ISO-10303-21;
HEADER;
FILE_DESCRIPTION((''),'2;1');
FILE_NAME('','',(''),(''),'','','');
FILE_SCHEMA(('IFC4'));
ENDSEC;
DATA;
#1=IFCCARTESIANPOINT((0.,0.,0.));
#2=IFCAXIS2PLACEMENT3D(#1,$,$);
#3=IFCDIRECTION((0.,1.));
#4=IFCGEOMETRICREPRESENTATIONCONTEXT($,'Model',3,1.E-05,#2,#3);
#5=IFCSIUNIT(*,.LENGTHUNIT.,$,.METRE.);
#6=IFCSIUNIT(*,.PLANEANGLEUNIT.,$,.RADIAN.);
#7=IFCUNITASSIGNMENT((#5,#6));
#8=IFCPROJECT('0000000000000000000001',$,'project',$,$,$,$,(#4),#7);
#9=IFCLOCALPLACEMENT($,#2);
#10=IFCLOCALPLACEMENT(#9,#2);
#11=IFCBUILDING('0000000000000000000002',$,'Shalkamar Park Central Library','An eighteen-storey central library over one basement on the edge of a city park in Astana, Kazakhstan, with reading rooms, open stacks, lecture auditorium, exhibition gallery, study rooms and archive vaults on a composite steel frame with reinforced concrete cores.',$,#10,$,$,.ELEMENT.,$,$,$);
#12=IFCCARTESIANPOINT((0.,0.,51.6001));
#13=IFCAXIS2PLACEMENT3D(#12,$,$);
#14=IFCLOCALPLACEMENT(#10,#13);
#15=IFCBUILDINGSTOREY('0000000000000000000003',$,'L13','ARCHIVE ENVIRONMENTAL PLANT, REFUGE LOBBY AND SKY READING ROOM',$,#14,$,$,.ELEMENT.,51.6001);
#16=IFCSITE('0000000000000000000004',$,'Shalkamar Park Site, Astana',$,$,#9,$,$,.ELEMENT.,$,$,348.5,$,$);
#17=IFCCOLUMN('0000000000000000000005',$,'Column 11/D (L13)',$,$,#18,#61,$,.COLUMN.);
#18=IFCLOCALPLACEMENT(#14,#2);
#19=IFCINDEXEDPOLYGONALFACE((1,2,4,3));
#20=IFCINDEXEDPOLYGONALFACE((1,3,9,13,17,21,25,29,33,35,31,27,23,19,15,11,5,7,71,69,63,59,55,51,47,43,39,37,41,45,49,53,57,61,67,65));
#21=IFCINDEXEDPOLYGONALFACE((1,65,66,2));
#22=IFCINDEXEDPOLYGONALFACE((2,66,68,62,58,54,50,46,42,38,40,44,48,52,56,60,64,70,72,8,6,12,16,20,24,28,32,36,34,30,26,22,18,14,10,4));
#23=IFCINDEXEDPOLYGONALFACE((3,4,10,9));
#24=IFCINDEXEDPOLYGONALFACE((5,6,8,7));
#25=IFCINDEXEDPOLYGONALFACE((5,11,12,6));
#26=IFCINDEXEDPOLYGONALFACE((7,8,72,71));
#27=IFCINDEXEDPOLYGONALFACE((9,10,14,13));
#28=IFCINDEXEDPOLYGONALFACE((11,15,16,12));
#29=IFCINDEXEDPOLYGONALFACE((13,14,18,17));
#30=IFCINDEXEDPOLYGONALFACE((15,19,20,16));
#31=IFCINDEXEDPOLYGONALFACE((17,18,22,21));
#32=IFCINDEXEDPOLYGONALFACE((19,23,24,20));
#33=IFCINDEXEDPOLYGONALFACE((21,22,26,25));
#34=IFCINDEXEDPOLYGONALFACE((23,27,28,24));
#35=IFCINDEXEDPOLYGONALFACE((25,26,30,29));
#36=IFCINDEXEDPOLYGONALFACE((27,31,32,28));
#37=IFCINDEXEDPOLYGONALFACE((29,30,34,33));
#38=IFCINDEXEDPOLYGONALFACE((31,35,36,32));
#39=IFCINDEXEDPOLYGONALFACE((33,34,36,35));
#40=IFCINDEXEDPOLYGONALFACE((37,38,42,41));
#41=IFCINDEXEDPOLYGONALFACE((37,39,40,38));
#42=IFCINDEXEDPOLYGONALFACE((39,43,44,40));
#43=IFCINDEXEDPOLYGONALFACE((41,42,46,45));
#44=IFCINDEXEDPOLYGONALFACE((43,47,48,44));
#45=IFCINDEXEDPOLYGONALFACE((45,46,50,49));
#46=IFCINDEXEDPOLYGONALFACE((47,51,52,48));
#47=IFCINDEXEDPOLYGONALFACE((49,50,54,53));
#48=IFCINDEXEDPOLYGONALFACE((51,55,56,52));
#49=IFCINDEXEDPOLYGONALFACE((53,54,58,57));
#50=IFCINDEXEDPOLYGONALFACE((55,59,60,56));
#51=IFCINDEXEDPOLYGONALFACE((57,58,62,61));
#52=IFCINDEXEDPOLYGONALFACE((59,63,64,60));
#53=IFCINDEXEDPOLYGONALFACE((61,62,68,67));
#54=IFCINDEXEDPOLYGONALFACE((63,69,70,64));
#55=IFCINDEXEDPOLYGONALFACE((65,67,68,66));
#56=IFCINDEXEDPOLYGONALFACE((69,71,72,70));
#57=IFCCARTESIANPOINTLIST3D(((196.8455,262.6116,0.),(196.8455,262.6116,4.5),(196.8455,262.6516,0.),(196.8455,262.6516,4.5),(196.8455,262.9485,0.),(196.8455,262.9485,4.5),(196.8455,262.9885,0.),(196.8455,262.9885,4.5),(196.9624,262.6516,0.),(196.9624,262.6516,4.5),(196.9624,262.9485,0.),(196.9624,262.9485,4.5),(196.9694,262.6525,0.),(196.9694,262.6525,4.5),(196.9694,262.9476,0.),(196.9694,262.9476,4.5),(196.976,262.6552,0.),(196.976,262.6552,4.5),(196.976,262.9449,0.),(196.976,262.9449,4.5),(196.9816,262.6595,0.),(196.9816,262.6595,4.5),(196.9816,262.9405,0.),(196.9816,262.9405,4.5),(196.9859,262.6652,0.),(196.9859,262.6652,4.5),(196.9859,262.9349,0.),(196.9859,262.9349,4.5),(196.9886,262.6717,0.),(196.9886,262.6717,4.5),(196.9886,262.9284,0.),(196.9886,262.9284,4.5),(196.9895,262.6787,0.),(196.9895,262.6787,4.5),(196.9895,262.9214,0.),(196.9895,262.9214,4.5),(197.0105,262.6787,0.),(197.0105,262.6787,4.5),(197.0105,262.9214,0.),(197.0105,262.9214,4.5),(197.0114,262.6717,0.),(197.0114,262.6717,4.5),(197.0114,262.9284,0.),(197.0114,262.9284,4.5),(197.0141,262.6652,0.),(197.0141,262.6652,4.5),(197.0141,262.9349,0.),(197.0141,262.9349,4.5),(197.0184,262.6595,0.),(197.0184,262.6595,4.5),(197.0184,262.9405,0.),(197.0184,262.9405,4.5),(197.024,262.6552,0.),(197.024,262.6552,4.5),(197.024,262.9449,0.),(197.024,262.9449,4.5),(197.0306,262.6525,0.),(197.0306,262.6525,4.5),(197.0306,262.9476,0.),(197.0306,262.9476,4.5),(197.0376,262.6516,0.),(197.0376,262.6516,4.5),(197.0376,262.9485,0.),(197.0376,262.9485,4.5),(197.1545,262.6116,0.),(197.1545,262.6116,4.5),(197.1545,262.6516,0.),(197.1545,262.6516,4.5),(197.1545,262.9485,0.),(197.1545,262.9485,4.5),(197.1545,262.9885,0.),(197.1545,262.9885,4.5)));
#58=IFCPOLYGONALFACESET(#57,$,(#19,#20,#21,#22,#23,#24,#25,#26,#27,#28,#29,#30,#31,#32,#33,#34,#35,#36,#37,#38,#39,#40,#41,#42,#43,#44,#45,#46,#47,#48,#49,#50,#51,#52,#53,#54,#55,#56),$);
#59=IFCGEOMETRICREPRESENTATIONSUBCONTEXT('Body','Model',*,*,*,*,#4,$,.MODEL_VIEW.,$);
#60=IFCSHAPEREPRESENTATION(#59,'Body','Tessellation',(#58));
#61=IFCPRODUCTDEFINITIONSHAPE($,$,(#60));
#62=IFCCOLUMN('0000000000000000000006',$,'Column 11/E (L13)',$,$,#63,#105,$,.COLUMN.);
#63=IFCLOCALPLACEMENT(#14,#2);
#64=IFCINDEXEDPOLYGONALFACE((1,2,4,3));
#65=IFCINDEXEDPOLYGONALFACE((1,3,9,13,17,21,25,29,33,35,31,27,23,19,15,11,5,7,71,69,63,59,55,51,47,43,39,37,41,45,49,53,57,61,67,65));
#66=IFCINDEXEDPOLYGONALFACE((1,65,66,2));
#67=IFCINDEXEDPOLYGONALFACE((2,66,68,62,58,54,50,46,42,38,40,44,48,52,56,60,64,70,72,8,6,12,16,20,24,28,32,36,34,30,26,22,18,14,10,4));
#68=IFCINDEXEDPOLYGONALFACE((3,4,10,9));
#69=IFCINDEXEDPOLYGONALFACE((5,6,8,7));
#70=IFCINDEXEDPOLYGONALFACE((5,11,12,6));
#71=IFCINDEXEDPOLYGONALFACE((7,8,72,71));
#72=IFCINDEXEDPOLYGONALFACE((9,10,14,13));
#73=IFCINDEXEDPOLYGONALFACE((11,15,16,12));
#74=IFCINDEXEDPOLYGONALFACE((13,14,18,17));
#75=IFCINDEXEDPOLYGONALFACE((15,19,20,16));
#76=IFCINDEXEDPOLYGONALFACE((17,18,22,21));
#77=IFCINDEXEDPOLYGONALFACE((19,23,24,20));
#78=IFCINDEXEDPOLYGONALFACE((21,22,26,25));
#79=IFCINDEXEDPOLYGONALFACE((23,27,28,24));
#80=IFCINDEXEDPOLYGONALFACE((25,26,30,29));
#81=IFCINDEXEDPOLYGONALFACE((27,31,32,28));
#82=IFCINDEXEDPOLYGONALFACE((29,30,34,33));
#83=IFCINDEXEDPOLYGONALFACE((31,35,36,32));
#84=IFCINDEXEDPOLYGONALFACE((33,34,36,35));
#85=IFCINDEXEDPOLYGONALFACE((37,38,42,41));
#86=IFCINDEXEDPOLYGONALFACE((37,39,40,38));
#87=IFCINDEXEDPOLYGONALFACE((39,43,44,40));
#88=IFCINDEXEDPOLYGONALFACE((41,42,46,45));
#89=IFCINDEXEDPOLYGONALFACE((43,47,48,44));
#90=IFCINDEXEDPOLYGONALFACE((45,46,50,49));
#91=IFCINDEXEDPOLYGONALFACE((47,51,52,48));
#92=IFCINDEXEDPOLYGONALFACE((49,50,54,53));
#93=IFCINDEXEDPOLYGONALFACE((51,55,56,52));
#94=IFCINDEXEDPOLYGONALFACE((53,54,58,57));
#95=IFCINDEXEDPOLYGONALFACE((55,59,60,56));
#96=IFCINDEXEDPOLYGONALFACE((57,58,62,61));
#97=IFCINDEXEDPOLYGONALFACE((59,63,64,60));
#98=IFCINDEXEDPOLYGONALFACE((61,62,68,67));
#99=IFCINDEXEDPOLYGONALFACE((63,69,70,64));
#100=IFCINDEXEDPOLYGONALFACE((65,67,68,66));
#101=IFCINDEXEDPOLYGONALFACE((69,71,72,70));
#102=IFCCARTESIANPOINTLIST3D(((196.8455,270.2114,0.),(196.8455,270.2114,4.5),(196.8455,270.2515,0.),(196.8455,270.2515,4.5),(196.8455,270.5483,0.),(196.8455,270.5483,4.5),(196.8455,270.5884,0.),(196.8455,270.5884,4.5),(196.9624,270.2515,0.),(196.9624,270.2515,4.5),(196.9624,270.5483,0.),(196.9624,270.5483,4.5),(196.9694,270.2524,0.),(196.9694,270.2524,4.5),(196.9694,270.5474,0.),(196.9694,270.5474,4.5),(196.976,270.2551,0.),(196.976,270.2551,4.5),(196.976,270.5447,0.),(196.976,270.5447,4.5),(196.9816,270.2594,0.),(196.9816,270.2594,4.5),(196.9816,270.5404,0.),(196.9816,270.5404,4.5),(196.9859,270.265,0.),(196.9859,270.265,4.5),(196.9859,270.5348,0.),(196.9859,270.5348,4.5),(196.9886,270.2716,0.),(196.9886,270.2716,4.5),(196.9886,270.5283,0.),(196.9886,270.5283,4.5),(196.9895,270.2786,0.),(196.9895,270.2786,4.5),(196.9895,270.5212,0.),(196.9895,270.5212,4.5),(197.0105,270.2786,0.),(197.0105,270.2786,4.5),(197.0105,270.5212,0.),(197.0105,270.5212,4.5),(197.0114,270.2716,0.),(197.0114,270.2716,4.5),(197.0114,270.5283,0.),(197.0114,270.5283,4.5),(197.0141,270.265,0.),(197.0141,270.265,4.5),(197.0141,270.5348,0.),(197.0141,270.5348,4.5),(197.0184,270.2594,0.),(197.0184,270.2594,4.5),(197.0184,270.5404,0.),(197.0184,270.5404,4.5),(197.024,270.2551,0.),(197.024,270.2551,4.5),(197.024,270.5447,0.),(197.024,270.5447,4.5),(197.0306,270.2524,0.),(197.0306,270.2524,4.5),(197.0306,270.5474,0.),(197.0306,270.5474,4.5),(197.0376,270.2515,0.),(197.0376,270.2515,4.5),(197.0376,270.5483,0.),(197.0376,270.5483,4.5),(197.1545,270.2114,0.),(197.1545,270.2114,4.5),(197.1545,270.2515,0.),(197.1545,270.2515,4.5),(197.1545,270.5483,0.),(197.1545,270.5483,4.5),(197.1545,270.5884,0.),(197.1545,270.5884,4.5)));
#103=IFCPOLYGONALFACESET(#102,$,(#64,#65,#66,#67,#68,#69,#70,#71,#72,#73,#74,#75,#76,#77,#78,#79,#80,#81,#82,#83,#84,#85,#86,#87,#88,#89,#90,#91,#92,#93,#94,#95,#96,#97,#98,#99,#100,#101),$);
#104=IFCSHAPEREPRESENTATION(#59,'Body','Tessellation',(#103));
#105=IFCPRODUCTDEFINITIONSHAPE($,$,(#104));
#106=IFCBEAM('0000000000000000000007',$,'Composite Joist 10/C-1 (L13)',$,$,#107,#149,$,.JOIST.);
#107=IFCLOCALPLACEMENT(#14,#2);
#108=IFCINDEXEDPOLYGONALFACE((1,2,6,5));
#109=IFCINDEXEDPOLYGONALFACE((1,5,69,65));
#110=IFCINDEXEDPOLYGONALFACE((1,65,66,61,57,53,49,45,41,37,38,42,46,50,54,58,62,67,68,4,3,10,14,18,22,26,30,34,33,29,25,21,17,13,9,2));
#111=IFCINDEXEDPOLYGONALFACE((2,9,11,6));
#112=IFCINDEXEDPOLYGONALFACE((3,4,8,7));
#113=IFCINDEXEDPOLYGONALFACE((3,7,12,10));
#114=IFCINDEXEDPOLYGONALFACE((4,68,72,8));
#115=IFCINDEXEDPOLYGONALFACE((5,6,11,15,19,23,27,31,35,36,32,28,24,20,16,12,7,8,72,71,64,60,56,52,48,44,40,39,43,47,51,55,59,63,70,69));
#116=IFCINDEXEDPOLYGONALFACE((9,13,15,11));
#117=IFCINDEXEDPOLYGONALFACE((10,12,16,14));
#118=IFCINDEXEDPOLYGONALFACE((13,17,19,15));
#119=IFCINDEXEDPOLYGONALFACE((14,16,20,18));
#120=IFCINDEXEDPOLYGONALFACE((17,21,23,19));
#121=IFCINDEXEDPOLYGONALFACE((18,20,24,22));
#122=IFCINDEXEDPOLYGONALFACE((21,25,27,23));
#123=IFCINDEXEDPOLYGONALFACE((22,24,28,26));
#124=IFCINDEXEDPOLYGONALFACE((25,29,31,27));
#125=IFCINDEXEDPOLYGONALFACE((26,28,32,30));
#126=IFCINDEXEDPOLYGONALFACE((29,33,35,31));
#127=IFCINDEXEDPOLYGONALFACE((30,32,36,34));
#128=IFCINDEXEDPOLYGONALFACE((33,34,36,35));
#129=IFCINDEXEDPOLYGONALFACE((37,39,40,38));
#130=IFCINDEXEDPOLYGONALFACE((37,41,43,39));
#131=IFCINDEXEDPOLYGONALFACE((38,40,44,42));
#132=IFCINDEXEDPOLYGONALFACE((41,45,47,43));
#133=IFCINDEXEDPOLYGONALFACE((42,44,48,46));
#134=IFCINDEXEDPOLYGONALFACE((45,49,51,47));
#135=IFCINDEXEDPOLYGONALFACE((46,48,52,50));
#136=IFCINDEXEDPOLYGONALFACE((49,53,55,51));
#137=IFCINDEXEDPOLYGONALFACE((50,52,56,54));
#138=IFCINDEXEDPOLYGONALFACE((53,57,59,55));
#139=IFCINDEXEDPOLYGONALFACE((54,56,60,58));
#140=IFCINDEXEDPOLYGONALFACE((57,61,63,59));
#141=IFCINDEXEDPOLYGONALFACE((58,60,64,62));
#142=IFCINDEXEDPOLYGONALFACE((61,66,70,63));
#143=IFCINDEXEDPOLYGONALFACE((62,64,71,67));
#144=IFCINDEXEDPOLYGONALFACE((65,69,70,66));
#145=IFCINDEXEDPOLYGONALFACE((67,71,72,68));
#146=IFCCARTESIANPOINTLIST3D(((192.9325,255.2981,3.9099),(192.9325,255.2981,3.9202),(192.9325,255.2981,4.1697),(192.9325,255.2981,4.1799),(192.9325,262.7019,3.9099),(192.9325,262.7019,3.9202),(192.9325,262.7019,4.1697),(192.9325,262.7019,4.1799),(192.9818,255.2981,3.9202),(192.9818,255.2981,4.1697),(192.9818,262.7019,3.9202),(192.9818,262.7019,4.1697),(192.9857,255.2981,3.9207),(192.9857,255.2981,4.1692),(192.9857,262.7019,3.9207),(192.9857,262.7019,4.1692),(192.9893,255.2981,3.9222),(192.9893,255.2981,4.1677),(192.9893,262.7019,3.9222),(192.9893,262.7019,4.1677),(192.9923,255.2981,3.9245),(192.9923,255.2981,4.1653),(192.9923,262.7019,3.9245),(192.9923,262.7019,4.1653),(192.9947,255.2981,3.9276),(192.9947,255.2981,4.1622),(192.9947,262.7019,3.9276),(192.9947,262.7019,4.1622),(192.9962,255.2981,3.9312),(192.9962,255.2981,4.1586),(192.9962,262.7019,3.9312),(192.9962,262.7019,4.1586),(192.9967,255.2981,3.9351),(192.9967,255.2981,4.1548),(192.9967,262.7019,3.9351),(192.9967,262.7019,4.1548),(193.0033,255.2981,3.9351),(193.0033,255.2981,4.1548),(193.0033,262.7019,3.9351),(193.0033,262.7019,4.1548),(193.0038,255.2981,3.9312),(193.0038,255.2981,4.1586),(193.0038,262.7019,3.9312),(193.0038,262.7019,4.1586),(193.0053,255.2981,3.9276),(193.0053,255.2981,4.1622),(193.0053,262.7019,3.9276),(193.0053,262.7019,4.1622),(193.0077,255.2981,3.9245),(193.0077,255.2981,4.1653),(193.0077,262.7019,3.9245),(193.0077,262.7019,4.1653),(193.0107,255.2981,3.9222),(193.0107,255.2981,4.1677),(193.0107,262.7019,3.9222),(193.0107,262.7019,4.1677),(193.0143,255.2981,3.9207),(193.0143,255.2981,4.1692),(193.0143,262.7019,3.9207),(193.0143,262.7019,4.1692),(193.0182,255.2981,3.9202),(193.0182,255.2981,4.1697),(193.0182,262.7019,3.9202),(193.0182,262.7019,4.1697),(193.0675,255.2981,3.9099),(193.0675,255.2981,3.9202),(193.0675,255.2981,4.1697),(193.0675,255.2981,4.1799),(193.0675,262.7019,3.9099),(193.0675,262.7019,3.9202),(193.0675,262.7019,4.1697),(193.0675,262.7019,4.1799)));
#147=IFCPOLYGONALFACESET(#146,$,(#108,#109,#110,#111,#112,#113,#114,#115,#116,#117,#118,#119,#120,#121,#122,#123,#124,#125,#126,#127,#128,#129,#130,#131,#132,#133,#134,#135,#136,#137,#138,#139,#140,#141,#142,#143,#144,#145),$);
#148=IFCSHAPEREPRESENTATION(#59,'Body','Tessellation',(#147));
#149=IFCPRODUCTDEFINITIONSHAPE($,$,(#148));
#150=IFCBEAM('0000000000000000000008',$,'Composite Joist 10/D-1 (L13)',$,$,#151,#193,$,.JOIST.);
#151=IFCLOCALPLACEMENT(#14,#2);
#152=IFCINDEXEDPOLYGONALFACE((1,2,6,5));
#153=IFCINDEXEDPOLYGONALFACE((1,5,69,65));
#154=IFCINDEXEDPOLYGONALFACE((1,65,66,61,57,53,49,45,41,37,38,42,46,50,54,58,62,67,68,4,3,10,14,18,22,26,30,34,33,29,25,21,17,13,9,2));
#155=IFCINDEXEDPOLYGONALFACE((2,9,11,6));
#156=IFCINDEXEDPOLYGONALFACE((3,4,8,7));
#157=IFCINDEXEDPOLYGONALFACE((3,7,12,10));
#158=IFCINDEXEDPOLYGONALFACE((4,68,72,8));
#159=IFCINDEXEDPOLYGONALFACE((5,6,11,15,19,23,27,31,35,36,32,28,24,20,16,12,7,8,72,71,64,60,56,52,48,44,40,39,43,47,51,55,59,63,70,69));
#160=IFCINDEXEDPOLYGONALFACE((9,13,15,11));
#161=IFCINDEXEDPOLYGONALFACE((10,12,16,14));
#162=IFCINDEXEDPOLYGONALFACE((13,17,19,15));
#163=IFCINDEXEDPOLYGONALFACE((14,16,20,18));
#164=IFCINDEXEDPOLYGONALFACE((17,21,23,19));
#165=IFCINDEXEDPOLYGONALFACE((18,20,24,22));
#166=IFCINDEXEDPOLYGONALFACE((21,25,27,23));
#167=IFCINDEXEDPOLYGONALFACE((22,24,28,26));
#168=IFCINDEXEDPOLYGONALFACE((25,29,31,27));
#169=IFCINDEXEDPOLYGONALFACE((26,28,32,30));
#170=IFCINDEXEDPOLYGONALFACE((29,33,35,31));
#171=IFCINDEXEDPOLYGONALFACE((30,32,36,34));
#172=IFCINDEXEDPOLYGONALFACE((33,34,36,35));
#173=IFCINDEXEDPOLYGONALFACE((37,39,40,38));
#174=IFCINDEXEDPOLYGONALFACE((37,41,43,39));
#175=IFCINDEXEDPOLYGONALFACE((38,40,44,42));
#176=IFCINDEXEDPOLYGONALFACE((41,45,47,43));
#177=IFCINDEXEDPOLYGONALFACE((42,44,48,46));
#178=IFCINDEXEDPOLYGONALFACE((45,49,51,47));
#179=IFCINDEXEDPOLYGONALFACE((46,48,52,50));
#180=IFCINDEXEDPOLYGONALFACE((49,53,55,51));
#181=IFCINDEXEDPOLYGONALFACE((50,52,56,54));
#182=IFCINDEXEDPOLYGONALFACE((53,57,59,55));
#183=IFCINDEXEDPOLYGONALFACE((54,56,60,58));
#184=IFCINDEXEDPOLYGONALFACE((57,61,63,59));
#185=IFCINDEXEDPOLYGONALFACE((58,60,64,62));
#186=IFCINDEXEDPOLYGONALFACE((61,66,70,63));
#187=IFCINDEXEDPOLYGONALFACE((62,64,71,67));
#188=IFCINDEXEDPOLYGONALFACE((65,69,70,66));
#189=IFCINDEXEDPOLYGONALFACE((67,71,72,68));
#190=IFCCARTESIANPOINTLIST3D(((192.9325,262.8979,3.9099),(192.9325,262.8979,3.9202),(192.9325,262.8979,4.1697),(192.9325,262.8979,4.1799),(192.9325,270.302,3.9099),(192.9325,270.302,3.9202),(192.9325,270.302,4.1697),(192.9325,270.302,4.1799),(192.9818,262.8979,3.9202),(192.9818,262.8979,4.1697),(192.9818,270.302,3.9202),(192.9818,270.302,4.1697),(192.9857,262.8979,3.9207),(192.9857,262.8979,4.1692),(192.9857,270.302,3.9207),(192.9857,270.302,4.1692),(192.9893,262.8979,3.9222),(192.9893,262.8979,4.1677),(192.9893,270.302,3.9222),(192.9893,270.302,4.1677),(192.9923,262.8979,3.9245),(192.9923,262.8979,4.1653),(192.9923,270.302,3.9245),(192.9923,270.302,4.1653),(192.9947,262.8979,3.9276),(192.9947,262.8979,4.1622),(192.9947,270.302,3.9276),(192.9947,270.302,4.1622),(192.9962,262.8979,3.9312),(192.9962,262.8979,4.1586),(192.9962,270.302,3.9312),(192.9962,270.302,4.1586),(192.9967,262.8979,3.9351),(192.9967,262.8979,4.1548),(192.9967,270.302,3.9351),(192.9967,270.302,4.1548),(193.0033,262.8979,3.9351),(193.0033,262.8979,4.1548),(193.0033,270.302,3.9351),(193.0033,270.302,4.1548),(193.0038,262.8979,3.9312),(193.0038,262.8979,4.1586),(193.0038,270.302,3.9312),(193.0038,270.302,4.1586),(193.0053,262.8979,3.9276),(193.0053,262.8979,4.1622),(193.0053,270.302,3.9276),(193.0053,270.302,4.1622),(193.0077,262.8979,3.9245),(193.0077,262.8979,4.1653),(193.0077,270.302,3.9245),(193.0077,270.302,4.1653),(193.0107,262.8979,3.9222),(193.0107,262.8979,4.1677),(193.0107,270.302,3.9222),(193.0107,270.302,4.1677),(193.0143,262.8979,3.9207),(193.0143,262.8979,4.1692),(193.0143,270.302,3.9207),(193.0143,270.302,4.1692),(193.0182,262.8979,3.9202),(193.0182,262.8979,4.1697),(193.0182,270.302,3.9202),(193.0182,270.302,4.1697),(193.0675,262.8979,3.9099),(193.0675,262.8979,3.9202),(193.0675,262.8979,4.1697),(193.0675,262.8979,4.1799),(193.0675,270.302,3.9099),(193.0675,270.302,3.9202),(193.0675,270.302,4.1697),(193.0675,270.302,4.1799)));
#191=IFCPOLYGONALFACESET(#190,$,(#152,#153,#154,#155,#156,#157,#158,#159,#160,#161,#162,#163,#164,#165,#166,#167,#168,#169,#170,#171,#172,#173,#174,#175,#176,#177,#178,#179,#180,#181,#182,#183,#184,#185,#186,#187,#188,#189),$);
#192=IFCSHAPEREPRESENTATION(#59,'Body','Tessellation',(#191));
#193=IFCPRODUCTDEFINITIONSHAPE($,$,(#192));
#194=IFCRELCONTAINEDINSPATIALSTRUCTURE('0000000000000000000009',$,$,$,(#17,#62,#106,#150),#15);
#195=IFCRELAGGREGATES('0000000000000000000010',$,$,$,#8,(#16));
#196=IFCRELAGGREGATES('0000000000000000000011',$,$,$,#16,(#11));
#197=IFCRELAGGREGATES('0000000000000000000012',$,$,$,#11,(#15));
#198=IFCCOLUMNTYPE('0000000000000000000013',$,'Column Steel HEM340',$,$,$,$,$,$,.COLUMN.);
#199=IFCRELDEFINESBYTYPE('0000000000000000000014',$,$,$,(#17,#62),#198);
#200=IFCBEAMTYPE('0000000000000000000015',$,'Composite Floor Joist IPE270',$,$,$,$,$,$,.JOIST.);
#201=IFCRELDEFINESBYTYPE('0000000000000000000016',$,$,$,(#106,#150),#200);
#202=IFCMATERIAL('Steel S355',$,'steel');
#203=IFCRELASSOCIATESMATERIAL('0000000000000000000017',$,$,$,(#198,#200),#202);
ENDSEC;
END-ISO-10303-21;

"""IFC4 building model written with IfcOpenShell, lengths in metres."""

from ifc_helpers import new_model, si_unit, direction, frame, origin, origin_2d, place, context, subcontext, project, spatial, i_section, extrude, material, material_profile, profile_set, type_object, element, save


model = new_model("IFC4")

# Units and contexts
model_context = context("Model", 3, precision=1e-05, world=origin(), true_north=direction((0.0, 1.0)))
body_context = subcontext(model_context, "Body", "Model", "MODEL_VIEW")
ifc_project = project(units=[si_unit("LENGTHUNIT", "METRE"), si_unit("PLANEANGLEUNIT", "RADIAN")], contexts=[model_context])

# Site, building, storey
site_placement = place(None, origin())
site = spatial("IfcSite", under=ifc_project, at=site_placement, Name="Shalkamar Park Site, Astana", CompositionType="ELEMENT", RefElevation=348.5)
building_placement = place(site_placement, origin())
building = spatial("IfcBuilding", under=site, at=building_placement, Name="Shalkamar Park Central Library", Description="An eighteen-storey central library over one basement on the edge of a city park in Astana, Kazakhstan, with reading rooms, open stacks, lecture auditorium, exhibition gallery, study rooms and archive vaults on a composite steel frame with reinforced concrete cores.", CompositionType="ELEMENT")
storey_placement = place(building_placement, frame((0.0, 0.0, 51.6001)))
storey = spatial("IfcBuildingStorey", under=building, at=storey_placement, Name="L13", Description="ARCHIVE ENVIRONMENTAL PLANT, REFUGE LOBBY AND SKY READING ROOM", CompositionType="ELEMENT", Elevation=51.6001)

# Columns
ifc_material_1 = material(Name="Steel S355", Category="steel")
ifc_material_profile_1 = material_profile(ifc_material_1, i_section(OverallWidth=0.3091, OverallDepth=0.377, WebThickness=0.021, FlangeThickness=0.04, FilletRadius=0.0271, at=origin_2d()), Name="HEM 340")
ifc_profile_set_1 = profile_set([ifc_material_profile_1], Name="Steel S355")
column_type_1 = type_object("IfcColumnType", Name="Column Steel HEM340", PredefinedType="COLUMN", material=ifc_profile_set_1)
for number, where, z_axis, x_axis, name in (
    (1, (197.0, 262.8, 0.0), (0.0, 0.0, 1.0), (1.0, 0.0, 0.0), "Column 11/D (L13)"),
    (2, (197.0, 270.3999, 0.0), (0.0, 0.0, 1.0), (1.0, 0.0, 0.0), "Column 11/E (L13)"),
):
    element("IfcColumn", number, at=place(storey_placement, frame(where, z_axis=z_axis, x_axis=x_axis)), inside=storey, type_object=column_type_1, Name=name, PredefinedType="COLUMN", context=body_context, shape_type="SweptSolid", body=[
        extrude(i_section(OverallWidth=0.3091, OverallDepth=0.377, WebThickness=0.021, FlangeThickness=0.04, FilletRadius=0.0271, at=origin_2d()), origin(), (0.0, 0.0, 1.0), 4.5),
    ])

# Beams
ifc_material_profile_2 = material_profile(ifc_material_1, i_section(OverallWidth=0.135, OverallDepth=0.27, WebThickness=0.0066, FlangeThickness=0.0103, FilletRadius=0.0149, at=origin_2d()), Name="IPE 270")
ifc_profile_set_2 = profile_set([ifc_material_profile_2], Name="Steel S355")
beam_type_1 = type_object("IfcBeamType", Name="Composite Floor Joist IPE270", PredefinedType="JOIST", material=ifc_profile_set_2)
beam_1_placement = place(storey_placement, frame((193.0, 255.2981, 4.0449), z_axis=(0.0, 1.0, 0.0), x_axis=(-1.0, 0.0, 0.0)))
element("IfcBeam", 3, at=beam_1_placement, inside=storey, type_object=beam_type_1, Name="Composite Joist 10/C-1 (L13)", PredefinedType="JOIST", context=body_context, shape_type="SweptSolid", body=[
    extrude(i_section(OverallWidth=0.135, OverallDepth=0.27, WebThickness=0.0066, FlangeThickness=0.0103, FilletRadius=0.0149, at=origin_2d()), origin(), (0.0, 0.0, 1.0), 7.4038),
])
beam_2_placement = place(storey_placement, frame((193.0, 262.8979, 4.0449), z_axis=(0.0, 1.0, 0.0), x_axis=(-1.0, 0.0, 0.0)))
element("IfcBeam", 4, at=beam_2_placement, inside=storey, type_object=beam_type_1, Name="Composite Joist 10/D-1 (L13)", PredefinedType="JOIST", context=body_context, shape_type="SweptSolid", body=[
    extrude(i_section(OverallWidth=0.135, OverallDepth=0.27, WebThickness=0.0066, FlangeThickness=0.0103, FilletRadius=0.0149, at=origin_2d()), origin(), (0.0, 0.0, 1.0), 7.4041),
])

save(model, "model.ifc")
